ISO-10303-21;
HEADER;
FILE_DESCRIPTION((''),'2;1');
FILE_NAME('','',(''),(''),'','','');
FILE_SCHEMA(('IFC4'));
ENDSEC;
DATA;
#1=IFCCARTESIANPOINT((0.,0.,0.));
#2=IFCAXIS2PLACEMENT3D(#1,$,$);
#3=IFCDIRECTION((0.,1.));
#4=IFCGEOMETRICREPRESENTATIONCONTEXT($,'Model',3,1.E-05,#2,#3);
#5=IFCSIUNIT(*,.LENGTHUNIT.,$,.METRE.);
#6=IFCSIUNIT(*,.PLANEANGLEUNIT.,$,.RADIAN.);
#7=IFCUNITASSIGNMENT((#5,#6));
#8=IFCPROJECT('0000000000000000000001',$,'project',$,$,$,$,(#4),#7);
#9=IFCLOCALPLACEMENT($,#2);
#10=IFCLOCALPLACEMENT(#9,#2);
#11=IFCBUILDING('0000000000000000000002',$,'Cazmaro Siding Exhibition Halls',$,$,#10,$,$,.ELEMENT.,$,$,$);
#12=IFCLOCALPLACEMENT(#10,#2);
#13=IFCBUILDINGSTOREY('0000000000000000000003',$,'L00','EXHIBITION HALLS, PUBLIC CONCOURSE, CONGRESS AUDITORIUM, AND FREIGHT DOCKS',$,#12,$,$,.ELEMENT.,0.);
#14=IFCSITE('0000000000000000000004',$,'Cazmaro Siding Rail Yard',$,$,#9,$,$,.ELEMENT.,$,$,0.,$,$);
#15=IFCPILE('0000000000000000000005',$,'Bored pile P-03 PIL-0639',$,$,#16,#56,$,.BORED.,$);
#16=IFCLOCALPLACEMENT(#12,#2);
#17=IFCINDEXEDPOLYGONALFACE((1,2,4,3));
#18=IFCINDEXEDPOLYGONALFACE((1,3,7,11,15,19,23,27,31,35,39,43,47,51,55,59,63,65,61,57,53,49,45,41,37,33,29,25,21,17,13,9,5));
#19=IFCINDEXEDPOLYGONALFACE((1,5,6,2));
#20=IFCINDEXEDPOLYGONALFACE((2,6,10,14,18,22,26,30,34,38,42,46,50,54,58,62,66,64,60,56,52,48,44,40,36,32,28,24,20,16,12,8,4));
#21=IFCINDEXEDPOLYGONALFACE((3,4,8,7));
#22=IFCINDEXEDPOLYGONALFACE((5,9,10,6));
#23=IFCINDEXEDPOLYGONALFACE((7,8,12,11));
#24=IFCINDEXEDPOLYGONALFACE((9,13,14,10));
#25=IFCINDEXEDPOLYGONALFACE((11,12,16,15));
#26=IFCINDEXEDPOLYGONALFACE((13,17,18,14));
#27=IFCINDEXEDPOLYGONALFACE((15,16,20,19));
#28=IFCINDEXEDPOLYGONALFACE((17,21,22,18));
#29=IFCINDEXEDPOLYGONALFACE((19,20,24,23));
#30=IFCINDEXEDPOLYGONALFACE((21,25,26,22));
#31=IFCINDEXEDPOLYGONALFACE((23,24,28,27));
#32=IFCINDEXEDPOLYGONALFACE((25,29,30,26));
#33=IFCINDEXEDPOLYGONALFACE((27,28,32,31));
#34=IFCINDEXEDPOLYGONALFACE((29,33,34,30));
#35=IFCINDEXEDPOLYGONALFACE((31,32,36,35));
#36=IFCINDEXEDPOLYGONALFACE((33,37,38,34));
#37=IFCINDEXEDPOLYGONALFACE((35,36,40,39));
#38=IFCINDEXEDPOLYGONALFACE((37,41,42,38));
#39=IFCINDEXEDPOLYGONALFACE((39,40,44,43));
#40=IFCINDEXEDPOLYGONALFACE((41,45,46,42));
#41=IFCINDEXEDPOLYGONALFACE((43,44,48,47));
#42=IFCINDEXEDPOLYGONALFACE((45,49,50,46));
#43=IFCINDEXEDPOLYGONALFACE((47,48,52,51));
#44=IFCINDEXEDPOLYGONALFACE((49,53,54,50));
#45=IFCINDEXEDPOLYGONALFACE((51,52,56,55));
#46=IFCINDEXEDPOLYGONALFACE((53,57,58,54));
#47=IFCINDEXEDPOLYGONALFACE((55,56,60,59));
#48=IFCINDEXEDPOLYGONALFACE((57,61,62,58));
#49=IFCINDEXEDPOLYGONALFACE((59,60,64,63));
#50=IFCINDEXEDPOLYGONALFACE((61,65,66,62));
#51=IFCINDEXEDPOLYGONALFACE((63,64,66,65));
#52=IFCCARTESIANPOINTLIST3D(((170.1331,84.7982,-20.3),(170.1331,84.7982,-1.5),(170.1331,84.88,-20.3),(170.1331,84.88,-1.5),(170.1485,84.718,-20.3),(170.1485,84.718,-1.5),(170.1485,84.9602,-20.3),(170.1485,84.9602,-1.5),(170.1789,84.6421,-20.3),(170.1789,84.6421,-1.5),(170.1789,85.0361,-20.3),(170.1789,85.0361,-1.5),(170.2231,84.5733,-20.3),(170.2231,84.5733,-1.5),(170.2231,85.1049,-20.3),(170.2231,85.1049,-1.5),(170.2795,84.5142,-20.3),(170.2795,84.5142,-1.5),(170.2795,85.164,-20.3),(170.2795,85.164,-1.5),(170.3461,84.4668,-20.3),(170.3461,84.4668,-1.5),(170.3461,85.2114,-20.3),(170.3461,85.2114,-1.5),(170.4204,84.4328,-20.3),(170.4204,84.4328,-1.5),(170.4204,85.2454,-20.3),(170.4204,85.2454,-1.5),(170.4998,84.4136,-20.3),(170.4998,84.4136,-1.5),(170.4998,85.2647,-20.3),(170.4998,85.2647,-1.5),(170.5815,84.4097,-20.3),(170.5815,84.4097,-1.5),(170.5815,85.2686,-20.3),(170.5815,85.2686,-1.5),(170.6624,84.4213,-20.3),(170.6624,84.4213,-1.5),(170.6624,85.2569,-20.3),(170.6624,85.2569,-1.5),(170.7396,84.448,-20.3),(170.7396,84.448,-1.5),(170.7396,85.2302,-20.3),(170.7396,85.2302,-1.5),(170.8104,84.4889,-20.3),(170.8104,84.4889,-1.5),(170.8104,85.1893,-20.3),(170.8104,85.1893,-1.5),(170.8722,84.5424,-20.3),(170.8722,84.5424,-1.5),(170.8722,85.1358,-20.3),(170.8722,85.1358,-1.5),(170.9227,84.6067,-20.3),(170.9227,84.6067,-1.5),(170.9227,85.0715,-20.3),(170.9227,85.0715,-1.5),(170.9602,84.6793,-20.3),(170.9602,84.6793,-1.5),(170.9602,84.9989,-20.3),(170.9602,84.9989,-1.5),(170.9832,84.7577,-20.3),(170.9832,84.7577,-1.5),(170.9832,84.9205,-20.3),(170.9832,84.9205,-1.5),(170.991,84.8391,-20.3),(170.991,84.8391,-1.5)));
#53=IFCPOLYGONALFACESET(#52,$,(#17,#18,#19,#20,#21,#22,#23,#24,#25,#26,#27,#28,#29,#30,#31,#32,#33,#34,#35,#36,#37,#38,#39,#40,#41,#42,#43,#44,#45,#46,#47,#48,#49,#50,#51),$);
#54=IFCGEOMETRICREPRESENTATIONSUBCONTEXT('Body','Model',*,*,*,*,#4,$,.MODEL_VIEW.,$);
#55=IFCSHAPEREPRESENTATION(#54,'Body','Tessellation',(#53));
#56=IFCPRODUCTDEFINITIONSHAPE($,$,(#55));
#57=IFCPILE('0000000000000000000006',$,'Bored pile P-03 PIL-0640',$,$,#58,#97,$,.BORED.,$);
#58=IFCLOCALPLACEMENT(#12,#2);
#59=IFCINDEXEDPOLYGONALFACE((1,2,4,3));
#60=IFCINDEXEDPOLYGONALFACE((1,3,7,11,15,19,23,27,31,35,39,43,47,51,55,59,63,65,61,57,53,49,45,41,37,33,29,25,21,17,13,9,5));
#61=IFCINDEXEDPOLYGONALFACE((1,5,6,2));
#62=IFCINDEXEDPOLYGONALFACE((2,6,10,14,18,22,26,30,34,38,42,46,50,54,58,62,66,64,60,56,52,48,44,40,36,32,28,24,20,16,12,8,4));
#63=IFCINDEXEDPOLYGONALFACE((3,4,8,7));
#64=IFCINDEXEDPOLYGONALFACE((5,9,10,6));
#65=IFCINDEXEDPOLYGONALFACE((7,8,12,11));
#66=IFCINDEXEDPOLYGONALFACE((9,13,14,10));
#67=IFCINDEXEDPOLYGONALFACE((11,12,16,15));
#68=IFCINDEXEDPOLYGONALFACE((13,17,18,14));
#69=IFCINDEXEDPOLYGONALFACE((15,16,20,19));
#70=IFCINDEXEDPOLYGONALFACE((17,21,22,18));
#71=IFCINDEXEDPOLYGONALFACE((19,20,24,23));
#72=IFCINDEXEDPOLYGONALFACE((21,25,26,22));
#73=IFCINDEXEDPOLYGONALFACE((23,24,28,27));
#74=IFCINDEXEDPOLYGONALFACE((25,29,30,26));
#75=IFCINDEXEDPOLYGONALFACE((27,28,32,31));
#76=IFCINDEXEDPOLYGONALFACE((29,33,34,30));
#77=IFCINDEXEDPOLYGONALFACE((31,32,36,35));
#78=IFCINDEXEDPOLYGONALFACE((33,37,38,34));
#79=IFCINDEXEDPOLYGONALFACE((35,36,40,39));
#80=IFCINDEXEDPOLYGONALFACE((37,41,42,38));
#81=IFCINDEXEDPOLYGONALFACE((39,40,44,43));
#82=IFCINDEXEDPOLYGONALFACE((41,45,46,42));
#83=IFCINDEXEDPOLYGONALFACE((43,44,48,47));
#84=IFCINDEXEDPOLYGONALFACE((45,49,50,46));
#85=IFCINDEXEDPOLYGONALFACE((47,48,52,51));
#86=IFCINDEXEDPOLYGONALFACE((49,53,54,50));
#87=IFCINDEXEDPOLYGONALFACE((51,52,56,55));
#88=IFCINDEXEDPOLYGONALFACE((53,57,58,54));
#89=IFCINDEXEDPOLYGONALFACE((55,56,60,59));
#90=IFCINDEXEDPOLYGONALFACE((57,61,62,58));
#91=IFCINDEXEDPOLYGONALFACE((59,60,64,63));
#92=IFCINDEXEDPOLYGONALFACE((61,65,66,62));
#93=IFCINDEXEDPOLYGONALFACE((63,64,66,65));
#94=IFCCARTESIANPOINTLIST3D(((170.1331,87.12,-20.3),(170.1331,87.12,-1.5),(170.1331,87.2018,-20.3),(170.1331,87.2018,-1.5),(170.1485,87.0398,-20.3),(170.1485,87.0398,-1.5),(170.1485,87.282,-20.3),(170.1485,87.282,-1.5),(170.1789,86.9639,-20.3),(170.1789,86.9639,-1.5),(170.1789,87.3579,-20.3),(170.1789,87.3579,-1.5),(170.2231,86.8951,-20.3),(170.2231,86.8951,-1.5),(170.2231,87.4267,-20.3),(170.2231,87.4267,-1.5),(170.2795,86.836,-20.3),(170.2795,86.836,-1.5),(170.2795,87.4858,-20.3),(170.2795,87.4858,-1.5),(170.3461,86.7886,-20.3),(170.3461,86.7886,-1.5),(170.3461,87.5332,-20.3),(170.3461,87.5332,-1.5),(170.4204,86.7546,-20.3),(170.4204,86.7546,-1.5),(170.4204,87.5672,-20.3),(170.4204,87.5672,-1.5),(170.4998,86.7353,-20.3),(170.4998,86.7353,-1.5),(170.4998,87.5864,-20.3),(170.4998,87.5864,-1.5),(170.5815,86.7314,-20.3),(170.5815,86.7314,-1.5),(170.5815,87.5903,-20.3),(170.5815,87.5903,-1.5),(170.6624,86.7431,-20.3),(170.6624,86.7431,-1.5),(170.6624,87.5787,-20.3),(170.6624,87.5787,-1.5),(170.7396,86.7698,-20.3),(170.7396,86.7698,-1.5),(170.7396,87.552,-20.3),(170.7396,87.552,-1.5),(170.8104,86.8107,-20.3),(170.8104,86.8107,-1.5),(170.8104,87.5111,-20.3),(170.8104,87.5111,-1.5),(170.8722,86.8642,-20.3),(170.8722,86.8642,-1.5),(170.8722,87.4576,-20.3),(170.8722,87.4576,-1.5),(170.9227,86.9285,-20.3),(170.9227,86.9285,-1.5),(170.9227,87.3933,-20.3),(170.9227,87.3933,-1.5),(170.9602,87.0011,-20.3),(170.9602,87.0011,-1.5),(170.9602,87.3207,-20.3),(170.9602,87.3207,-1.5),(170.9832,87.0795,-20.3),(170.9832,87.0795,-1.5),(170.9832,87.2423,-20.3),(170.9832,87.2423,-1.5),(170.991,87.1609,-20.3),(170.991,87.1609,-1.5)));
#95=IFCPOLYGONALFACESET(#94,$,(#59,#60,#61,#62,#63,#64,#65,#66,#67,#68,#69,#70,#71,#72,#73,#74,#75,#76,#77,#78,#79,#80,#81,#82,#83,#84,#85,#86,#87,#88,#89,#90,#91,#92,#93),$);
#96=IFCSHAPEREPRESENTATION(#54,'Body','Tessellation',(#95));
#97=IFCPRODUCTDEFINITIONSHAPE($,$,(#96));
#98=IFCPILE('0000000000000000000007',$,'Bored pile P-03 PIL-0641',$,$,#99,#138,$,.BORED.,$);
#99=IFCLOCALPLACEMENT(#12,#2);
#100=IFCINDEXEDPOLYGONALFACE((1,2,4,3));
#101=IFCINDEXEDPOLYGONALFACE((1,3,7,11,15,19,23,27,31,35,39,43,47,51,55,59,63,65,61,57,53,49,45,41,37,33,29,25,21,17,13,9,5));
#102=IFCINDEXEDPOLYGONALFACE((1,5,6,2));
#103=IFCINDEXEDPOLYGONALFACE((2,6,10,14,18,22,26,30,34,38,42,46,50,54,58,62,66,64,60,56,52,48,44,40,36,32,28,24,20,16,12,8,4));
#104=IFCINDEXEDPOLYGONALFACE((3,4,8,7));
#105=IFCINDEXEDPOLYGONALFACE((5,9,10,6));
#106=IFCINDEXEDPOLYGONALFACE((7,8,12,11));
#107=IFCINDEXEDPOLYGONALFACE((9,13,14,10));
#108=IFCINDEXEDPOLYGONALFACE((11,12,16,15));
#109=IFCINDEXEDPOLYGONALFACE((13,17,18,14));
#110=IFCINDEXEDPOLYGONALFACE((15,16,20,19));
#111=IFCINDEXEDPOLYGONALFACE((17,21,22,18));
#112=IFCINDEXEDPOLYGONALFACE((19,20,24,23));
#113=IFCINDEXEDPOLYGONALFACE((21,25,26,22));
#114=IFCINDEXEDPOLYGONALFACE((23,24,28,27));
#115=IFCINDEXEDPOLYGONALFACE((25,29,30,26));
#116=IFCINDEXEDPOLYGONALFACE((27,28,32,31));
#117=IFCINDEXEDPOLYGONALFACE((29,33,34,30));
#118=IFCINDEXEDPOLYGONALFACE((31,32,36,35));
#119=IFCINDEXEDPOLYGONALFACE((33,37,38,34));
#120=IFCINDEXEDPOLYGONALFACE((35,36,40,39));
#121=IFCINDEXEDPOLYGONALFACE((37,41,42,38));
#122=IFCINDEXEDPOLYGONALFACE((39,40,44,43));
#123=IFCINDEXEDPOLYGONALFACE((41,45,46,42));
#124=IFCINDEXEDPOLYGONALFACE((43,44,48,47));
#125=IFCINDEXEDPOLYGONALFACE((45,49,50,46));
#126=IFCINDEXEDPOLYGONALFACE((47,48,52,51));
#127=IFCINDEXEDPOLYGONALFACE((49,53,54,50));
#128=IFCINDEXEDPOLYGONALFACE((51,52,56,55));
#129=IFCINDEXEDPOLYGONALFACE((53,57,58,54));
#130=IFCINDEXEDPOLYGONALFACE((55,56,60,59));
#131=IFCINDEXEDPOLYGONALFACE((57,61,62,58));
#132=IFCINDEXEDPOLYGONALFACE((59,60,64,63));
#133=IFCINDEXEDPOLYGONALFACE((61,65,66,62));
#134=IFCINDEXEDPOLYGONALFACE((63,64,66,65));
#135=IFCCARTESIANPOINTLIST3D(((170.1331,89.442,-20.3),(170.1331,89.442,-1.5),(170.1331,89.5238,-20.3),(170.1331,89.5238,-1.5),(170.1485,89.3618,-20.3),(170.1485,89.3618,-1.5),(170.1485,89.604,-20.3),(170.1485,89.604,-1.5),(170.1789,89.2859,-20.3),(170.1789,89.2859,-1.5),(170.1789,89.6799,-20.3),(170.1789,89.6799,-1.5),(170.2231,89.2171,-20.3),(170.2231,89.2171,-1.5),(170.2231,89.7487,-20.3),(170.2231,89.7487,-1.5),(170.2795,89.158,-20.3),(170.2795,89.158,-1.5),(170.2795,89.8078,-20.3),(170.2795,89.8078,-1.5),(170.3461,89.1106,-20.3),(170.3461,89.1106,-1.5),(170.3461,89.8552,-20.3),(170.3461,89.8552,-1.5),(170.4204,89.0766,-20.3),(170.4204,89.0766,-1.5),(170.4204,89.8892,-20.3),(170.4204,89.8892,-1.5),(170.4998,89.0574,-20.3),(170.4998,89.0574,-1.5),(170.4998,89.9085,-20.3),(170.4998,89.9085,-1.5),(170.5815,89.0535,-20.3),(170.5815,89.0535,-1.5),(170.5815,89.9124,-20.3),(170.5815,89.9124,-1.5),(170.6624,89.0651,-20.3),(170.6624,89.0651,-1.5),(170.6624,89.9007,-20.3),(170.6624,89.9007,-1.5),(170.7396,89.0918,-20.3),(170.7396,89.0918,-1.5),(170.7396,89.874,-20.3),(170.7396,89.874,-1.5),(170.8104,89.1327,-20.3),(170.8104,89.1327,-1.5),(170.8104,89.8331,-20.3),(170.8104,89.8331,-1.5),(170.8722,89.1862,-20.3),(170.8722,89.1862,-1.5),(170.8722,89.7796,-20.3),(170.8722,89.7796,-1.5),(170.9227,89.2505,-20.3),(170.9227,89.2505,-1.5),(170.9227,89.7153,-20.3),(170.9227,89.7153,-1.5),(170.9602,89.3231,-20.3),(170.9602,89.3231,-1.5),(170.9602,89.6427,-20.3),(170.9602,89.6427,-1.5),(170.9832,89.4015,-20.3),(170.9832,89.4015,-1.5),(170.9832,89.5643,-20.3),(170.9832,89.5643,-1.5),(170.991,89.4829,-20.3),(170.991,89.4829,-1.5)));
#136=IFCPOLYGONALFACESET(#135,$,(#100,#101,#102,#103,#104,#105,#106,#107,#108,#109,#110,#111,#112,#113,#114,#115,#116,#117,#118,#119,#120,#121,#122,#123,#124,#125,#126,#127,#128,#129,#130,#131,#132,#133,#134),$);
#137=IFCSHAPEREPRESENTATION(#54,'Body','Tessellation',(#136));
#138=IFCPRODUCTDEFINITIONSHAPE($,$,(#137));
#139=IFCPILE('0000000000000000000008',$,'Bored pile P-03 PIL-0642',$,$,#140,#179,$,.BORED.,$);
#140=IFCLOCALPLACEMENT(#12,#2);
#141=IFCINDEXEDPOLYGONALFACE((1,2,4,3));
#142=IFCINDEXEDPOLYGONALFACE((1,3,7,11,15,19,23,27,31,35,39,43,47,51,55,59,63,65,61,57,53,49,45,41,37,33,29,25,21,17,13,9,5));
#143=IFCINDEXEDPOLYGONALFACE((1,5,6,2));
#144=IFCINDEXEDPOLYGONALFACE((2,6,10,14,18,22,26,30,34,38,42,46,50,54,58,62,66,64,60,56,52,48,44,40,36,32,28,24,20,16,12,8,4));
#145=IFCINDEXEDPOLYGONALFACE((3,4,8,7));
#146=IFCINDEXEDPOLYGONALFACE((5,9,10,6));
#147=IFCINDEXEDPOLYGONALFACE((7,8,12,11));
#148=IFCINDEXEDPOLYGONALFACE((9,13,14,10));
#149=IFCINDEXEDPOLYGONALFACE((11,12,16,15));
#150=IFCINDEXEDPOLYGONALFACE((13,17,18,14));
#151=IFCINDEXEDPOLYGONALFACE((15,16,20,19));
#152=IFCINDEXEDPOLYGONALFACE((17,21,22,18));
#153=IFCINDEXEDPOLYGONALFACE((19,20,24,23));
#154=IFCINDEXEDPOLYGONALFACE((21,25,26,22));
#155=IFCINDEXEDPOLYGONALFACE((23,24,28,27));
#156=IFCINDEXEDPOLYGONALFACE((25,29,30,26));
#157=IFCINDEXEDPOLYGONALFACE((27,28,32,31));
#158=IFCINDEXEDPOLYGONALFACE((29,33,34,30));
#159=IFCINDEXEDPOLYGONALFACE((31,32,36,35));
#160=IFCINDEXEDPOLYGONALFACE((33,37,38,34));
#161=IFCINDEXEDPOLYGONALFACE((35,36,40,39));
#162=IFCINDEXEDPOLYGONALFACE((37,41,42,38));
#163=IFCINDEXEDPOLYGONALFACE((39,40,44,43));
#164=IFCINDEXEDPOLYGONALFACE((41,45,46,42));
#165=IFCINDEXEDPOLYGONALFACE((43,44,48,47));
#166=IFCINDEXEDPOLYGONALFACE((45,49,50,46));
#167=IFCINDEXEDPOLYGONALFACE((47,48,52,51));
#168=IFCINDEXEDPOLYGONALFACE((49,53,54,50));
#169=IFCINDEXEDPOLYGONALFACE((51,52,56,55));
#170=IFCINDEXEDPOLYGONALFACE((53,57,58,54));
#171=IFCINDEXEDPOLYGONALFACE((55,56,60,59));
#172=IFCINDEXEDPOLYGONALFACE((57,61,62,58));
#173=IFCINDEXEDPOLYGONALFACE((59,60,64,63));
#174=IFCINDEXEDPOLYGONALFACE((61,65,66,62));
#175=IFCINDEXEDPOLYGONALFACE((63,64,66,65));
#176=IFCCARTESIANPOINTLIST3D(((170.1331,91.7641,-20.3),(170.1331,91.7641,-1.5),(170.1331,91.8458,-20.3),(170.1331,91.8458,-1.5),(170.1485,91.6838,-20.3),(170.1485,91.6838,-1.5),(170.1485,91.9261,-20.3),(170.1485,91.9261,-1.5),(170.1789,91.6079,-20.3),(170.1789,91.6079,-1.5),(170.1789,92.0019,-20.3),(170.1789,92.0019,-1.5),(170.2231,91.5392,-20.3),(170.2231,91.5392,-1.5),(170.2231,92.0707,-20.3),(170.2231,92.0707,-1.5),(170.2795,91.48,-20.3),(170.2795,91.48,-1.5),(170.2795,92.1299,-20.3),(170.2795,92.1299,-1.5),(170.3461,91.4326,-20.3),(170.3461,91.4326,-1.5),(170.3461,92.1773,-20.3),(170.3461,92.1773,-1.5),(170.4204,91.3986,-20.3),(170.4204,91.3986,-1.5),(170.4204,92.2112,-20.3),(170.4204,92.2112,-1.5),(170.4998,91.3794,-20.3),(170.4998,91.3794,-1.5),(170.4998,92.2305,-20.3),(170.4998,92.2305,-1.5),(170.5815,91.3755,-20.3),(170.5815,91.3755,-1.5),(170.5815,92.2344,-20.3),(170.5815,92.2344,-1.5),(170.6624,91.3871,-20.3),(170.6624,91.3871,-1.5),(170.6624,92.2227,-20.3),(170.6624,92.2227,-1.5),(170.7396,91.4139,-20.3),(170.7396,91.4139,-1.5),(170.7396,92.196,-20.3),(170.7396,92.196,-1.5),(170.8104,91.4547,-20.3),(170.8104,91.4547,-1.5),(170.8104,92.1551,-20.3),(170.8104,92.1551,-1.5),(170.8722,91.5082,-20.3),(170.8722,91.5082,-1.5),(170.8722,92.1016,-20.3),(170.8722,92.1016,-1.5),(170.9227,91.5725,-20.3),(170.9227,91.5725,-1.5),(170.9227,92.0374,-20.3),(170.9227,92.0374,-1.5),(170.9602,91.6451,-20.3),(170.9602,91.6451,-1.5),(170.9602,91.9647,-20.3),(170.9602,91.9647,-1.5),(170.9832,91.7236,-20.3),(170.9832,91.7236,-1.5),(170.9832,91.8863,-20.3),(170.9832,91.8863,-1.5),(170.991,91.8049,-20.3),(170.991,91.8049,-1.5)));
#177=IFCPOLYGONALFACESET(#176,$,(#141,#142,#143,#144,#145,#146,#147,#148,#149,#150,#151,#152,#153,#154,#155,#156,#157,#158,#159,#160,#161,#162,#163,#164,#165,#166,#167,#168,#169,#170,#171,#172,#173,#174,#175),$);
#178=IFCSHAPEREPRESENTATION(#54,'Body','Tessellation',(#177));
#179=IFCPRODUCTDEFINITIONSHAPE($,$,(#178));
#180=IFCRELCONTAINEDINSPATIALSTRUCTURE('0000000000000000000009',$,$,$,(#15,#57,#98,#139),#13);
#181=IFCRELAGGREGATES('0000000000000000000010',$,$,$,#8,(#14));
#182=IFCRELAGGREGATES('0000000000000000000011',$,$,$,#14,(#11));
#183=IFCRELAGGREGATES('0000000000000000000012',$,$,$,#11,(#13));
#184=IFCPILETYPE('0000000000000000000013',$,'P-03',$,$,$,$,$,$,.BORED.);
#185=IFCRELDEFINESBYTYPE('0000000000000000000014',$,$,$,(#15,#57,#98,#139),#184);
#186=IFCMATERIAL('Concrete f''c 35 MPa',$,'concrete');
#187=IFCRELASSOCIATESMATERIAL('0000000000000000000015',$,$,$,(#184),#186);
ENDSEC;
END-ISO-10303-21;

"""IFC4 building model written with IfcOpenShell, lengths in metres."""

from ifc_helpers import new_model, si_unit, direction, frame, origin, origin_2d, place, context, subcontext, project, spatial, circle, extrude, material, material_profile, profile_set, type_object, element, save


model = new_model("IFC4")

# Units and contexts
model_context = context("Model", 3, precision=1e-05, world=origin(), true_north=direction((0.0, 1.0)))
body_context = subcontext(model_context, "Body", "Model", "MODEL_VIEW")
ifc_project = project(units=[si_unit("LENGTHUNIT", "METRE"), si_unit("PLANEANGLEUNIT", "RADIAN")], contexts=[model_context])

# Site, building, storey
site_placement = place(None, origin())
site = spatial("IfcSite", under=ifc_project, at=site_placement, Name="Cazmaro Siding Rail Yard", CompositionType="ELEMENT", RefElevation=0.0)
building_placement = place(site_placement, origin())
building = spatial("IfcBuilding", under=site, at=building_placement, Name="Cazmaro Siding Exhibition Halls", CompositionType="ELEMENT")
storey_placement = place(building_placement, origin())
storey = spatial("IfcBuildingStorey", under=building, at=storey_placement, Name="L00", Description="EXHIBITION HALLS, PUBLIC CONCOURSE, CONGRESS AUDITORIUM, AND FREIGHT DOCKS", CompositionType="ELEMENT", Elevation=0.0)

# Piles
ifc_material_1 = material(Name="Concrete f'c 35 MPa", Category="concrete")
ifc_material_profile_1 = material_profile(ifc_material_1, circle(Radius=0.4299, at=origin_2d()), Name="CIDH-860")
ifc_profile_set_1 = profile_set([ifc_material_profile_1], Name="Concrete f'c 35 MPa")
pile_type = type_object("IfcPileType", Name="P-03", PredefinedType="BORED", material=ifc_profile_set_1)
for number, where, z_axis, x_axis, name in (
    (1, (170.561, 84.8391, -1.5), (0.0, 0.0, -1.0), (1.0, 0.0, 0.0), "Bored pile P-03 PIL-0639"),
    (2, (170.561, 87.1609, -1.5), (0.0, 0.0, -1.0), (1.0, 0.0, 0.0), "Bored pile P-03 PIL-0640"),
    (3, (170.561, 89.4829, -1.5), (0.0, 0.0, -1.0), (1.0, 0.0, 0.0), "Bored pile P-03 PIL-0641"),
    (4, (170.561, 91.8049, -1.5), (0.0, 0.0, -1.0), (1.0, 0.0, 0.0), "Bored pile P-03 PIL-0642"),
):
    element("IfcPile", number, at=place(storey_placement, frame(where, z_axis=z_axis, x_axis=x_axis)), inside=storey, type_object=pile_type, Name=name, PredefinedType="BORED", context=body_context, shape_type="SweptSolid", body=[
        extrude(circle(Radius=0.4299, at=origin_2d()), origin(), (0.0, 0.0, 1.0), 18.8),
    ])

save(model, "model.ifc")
